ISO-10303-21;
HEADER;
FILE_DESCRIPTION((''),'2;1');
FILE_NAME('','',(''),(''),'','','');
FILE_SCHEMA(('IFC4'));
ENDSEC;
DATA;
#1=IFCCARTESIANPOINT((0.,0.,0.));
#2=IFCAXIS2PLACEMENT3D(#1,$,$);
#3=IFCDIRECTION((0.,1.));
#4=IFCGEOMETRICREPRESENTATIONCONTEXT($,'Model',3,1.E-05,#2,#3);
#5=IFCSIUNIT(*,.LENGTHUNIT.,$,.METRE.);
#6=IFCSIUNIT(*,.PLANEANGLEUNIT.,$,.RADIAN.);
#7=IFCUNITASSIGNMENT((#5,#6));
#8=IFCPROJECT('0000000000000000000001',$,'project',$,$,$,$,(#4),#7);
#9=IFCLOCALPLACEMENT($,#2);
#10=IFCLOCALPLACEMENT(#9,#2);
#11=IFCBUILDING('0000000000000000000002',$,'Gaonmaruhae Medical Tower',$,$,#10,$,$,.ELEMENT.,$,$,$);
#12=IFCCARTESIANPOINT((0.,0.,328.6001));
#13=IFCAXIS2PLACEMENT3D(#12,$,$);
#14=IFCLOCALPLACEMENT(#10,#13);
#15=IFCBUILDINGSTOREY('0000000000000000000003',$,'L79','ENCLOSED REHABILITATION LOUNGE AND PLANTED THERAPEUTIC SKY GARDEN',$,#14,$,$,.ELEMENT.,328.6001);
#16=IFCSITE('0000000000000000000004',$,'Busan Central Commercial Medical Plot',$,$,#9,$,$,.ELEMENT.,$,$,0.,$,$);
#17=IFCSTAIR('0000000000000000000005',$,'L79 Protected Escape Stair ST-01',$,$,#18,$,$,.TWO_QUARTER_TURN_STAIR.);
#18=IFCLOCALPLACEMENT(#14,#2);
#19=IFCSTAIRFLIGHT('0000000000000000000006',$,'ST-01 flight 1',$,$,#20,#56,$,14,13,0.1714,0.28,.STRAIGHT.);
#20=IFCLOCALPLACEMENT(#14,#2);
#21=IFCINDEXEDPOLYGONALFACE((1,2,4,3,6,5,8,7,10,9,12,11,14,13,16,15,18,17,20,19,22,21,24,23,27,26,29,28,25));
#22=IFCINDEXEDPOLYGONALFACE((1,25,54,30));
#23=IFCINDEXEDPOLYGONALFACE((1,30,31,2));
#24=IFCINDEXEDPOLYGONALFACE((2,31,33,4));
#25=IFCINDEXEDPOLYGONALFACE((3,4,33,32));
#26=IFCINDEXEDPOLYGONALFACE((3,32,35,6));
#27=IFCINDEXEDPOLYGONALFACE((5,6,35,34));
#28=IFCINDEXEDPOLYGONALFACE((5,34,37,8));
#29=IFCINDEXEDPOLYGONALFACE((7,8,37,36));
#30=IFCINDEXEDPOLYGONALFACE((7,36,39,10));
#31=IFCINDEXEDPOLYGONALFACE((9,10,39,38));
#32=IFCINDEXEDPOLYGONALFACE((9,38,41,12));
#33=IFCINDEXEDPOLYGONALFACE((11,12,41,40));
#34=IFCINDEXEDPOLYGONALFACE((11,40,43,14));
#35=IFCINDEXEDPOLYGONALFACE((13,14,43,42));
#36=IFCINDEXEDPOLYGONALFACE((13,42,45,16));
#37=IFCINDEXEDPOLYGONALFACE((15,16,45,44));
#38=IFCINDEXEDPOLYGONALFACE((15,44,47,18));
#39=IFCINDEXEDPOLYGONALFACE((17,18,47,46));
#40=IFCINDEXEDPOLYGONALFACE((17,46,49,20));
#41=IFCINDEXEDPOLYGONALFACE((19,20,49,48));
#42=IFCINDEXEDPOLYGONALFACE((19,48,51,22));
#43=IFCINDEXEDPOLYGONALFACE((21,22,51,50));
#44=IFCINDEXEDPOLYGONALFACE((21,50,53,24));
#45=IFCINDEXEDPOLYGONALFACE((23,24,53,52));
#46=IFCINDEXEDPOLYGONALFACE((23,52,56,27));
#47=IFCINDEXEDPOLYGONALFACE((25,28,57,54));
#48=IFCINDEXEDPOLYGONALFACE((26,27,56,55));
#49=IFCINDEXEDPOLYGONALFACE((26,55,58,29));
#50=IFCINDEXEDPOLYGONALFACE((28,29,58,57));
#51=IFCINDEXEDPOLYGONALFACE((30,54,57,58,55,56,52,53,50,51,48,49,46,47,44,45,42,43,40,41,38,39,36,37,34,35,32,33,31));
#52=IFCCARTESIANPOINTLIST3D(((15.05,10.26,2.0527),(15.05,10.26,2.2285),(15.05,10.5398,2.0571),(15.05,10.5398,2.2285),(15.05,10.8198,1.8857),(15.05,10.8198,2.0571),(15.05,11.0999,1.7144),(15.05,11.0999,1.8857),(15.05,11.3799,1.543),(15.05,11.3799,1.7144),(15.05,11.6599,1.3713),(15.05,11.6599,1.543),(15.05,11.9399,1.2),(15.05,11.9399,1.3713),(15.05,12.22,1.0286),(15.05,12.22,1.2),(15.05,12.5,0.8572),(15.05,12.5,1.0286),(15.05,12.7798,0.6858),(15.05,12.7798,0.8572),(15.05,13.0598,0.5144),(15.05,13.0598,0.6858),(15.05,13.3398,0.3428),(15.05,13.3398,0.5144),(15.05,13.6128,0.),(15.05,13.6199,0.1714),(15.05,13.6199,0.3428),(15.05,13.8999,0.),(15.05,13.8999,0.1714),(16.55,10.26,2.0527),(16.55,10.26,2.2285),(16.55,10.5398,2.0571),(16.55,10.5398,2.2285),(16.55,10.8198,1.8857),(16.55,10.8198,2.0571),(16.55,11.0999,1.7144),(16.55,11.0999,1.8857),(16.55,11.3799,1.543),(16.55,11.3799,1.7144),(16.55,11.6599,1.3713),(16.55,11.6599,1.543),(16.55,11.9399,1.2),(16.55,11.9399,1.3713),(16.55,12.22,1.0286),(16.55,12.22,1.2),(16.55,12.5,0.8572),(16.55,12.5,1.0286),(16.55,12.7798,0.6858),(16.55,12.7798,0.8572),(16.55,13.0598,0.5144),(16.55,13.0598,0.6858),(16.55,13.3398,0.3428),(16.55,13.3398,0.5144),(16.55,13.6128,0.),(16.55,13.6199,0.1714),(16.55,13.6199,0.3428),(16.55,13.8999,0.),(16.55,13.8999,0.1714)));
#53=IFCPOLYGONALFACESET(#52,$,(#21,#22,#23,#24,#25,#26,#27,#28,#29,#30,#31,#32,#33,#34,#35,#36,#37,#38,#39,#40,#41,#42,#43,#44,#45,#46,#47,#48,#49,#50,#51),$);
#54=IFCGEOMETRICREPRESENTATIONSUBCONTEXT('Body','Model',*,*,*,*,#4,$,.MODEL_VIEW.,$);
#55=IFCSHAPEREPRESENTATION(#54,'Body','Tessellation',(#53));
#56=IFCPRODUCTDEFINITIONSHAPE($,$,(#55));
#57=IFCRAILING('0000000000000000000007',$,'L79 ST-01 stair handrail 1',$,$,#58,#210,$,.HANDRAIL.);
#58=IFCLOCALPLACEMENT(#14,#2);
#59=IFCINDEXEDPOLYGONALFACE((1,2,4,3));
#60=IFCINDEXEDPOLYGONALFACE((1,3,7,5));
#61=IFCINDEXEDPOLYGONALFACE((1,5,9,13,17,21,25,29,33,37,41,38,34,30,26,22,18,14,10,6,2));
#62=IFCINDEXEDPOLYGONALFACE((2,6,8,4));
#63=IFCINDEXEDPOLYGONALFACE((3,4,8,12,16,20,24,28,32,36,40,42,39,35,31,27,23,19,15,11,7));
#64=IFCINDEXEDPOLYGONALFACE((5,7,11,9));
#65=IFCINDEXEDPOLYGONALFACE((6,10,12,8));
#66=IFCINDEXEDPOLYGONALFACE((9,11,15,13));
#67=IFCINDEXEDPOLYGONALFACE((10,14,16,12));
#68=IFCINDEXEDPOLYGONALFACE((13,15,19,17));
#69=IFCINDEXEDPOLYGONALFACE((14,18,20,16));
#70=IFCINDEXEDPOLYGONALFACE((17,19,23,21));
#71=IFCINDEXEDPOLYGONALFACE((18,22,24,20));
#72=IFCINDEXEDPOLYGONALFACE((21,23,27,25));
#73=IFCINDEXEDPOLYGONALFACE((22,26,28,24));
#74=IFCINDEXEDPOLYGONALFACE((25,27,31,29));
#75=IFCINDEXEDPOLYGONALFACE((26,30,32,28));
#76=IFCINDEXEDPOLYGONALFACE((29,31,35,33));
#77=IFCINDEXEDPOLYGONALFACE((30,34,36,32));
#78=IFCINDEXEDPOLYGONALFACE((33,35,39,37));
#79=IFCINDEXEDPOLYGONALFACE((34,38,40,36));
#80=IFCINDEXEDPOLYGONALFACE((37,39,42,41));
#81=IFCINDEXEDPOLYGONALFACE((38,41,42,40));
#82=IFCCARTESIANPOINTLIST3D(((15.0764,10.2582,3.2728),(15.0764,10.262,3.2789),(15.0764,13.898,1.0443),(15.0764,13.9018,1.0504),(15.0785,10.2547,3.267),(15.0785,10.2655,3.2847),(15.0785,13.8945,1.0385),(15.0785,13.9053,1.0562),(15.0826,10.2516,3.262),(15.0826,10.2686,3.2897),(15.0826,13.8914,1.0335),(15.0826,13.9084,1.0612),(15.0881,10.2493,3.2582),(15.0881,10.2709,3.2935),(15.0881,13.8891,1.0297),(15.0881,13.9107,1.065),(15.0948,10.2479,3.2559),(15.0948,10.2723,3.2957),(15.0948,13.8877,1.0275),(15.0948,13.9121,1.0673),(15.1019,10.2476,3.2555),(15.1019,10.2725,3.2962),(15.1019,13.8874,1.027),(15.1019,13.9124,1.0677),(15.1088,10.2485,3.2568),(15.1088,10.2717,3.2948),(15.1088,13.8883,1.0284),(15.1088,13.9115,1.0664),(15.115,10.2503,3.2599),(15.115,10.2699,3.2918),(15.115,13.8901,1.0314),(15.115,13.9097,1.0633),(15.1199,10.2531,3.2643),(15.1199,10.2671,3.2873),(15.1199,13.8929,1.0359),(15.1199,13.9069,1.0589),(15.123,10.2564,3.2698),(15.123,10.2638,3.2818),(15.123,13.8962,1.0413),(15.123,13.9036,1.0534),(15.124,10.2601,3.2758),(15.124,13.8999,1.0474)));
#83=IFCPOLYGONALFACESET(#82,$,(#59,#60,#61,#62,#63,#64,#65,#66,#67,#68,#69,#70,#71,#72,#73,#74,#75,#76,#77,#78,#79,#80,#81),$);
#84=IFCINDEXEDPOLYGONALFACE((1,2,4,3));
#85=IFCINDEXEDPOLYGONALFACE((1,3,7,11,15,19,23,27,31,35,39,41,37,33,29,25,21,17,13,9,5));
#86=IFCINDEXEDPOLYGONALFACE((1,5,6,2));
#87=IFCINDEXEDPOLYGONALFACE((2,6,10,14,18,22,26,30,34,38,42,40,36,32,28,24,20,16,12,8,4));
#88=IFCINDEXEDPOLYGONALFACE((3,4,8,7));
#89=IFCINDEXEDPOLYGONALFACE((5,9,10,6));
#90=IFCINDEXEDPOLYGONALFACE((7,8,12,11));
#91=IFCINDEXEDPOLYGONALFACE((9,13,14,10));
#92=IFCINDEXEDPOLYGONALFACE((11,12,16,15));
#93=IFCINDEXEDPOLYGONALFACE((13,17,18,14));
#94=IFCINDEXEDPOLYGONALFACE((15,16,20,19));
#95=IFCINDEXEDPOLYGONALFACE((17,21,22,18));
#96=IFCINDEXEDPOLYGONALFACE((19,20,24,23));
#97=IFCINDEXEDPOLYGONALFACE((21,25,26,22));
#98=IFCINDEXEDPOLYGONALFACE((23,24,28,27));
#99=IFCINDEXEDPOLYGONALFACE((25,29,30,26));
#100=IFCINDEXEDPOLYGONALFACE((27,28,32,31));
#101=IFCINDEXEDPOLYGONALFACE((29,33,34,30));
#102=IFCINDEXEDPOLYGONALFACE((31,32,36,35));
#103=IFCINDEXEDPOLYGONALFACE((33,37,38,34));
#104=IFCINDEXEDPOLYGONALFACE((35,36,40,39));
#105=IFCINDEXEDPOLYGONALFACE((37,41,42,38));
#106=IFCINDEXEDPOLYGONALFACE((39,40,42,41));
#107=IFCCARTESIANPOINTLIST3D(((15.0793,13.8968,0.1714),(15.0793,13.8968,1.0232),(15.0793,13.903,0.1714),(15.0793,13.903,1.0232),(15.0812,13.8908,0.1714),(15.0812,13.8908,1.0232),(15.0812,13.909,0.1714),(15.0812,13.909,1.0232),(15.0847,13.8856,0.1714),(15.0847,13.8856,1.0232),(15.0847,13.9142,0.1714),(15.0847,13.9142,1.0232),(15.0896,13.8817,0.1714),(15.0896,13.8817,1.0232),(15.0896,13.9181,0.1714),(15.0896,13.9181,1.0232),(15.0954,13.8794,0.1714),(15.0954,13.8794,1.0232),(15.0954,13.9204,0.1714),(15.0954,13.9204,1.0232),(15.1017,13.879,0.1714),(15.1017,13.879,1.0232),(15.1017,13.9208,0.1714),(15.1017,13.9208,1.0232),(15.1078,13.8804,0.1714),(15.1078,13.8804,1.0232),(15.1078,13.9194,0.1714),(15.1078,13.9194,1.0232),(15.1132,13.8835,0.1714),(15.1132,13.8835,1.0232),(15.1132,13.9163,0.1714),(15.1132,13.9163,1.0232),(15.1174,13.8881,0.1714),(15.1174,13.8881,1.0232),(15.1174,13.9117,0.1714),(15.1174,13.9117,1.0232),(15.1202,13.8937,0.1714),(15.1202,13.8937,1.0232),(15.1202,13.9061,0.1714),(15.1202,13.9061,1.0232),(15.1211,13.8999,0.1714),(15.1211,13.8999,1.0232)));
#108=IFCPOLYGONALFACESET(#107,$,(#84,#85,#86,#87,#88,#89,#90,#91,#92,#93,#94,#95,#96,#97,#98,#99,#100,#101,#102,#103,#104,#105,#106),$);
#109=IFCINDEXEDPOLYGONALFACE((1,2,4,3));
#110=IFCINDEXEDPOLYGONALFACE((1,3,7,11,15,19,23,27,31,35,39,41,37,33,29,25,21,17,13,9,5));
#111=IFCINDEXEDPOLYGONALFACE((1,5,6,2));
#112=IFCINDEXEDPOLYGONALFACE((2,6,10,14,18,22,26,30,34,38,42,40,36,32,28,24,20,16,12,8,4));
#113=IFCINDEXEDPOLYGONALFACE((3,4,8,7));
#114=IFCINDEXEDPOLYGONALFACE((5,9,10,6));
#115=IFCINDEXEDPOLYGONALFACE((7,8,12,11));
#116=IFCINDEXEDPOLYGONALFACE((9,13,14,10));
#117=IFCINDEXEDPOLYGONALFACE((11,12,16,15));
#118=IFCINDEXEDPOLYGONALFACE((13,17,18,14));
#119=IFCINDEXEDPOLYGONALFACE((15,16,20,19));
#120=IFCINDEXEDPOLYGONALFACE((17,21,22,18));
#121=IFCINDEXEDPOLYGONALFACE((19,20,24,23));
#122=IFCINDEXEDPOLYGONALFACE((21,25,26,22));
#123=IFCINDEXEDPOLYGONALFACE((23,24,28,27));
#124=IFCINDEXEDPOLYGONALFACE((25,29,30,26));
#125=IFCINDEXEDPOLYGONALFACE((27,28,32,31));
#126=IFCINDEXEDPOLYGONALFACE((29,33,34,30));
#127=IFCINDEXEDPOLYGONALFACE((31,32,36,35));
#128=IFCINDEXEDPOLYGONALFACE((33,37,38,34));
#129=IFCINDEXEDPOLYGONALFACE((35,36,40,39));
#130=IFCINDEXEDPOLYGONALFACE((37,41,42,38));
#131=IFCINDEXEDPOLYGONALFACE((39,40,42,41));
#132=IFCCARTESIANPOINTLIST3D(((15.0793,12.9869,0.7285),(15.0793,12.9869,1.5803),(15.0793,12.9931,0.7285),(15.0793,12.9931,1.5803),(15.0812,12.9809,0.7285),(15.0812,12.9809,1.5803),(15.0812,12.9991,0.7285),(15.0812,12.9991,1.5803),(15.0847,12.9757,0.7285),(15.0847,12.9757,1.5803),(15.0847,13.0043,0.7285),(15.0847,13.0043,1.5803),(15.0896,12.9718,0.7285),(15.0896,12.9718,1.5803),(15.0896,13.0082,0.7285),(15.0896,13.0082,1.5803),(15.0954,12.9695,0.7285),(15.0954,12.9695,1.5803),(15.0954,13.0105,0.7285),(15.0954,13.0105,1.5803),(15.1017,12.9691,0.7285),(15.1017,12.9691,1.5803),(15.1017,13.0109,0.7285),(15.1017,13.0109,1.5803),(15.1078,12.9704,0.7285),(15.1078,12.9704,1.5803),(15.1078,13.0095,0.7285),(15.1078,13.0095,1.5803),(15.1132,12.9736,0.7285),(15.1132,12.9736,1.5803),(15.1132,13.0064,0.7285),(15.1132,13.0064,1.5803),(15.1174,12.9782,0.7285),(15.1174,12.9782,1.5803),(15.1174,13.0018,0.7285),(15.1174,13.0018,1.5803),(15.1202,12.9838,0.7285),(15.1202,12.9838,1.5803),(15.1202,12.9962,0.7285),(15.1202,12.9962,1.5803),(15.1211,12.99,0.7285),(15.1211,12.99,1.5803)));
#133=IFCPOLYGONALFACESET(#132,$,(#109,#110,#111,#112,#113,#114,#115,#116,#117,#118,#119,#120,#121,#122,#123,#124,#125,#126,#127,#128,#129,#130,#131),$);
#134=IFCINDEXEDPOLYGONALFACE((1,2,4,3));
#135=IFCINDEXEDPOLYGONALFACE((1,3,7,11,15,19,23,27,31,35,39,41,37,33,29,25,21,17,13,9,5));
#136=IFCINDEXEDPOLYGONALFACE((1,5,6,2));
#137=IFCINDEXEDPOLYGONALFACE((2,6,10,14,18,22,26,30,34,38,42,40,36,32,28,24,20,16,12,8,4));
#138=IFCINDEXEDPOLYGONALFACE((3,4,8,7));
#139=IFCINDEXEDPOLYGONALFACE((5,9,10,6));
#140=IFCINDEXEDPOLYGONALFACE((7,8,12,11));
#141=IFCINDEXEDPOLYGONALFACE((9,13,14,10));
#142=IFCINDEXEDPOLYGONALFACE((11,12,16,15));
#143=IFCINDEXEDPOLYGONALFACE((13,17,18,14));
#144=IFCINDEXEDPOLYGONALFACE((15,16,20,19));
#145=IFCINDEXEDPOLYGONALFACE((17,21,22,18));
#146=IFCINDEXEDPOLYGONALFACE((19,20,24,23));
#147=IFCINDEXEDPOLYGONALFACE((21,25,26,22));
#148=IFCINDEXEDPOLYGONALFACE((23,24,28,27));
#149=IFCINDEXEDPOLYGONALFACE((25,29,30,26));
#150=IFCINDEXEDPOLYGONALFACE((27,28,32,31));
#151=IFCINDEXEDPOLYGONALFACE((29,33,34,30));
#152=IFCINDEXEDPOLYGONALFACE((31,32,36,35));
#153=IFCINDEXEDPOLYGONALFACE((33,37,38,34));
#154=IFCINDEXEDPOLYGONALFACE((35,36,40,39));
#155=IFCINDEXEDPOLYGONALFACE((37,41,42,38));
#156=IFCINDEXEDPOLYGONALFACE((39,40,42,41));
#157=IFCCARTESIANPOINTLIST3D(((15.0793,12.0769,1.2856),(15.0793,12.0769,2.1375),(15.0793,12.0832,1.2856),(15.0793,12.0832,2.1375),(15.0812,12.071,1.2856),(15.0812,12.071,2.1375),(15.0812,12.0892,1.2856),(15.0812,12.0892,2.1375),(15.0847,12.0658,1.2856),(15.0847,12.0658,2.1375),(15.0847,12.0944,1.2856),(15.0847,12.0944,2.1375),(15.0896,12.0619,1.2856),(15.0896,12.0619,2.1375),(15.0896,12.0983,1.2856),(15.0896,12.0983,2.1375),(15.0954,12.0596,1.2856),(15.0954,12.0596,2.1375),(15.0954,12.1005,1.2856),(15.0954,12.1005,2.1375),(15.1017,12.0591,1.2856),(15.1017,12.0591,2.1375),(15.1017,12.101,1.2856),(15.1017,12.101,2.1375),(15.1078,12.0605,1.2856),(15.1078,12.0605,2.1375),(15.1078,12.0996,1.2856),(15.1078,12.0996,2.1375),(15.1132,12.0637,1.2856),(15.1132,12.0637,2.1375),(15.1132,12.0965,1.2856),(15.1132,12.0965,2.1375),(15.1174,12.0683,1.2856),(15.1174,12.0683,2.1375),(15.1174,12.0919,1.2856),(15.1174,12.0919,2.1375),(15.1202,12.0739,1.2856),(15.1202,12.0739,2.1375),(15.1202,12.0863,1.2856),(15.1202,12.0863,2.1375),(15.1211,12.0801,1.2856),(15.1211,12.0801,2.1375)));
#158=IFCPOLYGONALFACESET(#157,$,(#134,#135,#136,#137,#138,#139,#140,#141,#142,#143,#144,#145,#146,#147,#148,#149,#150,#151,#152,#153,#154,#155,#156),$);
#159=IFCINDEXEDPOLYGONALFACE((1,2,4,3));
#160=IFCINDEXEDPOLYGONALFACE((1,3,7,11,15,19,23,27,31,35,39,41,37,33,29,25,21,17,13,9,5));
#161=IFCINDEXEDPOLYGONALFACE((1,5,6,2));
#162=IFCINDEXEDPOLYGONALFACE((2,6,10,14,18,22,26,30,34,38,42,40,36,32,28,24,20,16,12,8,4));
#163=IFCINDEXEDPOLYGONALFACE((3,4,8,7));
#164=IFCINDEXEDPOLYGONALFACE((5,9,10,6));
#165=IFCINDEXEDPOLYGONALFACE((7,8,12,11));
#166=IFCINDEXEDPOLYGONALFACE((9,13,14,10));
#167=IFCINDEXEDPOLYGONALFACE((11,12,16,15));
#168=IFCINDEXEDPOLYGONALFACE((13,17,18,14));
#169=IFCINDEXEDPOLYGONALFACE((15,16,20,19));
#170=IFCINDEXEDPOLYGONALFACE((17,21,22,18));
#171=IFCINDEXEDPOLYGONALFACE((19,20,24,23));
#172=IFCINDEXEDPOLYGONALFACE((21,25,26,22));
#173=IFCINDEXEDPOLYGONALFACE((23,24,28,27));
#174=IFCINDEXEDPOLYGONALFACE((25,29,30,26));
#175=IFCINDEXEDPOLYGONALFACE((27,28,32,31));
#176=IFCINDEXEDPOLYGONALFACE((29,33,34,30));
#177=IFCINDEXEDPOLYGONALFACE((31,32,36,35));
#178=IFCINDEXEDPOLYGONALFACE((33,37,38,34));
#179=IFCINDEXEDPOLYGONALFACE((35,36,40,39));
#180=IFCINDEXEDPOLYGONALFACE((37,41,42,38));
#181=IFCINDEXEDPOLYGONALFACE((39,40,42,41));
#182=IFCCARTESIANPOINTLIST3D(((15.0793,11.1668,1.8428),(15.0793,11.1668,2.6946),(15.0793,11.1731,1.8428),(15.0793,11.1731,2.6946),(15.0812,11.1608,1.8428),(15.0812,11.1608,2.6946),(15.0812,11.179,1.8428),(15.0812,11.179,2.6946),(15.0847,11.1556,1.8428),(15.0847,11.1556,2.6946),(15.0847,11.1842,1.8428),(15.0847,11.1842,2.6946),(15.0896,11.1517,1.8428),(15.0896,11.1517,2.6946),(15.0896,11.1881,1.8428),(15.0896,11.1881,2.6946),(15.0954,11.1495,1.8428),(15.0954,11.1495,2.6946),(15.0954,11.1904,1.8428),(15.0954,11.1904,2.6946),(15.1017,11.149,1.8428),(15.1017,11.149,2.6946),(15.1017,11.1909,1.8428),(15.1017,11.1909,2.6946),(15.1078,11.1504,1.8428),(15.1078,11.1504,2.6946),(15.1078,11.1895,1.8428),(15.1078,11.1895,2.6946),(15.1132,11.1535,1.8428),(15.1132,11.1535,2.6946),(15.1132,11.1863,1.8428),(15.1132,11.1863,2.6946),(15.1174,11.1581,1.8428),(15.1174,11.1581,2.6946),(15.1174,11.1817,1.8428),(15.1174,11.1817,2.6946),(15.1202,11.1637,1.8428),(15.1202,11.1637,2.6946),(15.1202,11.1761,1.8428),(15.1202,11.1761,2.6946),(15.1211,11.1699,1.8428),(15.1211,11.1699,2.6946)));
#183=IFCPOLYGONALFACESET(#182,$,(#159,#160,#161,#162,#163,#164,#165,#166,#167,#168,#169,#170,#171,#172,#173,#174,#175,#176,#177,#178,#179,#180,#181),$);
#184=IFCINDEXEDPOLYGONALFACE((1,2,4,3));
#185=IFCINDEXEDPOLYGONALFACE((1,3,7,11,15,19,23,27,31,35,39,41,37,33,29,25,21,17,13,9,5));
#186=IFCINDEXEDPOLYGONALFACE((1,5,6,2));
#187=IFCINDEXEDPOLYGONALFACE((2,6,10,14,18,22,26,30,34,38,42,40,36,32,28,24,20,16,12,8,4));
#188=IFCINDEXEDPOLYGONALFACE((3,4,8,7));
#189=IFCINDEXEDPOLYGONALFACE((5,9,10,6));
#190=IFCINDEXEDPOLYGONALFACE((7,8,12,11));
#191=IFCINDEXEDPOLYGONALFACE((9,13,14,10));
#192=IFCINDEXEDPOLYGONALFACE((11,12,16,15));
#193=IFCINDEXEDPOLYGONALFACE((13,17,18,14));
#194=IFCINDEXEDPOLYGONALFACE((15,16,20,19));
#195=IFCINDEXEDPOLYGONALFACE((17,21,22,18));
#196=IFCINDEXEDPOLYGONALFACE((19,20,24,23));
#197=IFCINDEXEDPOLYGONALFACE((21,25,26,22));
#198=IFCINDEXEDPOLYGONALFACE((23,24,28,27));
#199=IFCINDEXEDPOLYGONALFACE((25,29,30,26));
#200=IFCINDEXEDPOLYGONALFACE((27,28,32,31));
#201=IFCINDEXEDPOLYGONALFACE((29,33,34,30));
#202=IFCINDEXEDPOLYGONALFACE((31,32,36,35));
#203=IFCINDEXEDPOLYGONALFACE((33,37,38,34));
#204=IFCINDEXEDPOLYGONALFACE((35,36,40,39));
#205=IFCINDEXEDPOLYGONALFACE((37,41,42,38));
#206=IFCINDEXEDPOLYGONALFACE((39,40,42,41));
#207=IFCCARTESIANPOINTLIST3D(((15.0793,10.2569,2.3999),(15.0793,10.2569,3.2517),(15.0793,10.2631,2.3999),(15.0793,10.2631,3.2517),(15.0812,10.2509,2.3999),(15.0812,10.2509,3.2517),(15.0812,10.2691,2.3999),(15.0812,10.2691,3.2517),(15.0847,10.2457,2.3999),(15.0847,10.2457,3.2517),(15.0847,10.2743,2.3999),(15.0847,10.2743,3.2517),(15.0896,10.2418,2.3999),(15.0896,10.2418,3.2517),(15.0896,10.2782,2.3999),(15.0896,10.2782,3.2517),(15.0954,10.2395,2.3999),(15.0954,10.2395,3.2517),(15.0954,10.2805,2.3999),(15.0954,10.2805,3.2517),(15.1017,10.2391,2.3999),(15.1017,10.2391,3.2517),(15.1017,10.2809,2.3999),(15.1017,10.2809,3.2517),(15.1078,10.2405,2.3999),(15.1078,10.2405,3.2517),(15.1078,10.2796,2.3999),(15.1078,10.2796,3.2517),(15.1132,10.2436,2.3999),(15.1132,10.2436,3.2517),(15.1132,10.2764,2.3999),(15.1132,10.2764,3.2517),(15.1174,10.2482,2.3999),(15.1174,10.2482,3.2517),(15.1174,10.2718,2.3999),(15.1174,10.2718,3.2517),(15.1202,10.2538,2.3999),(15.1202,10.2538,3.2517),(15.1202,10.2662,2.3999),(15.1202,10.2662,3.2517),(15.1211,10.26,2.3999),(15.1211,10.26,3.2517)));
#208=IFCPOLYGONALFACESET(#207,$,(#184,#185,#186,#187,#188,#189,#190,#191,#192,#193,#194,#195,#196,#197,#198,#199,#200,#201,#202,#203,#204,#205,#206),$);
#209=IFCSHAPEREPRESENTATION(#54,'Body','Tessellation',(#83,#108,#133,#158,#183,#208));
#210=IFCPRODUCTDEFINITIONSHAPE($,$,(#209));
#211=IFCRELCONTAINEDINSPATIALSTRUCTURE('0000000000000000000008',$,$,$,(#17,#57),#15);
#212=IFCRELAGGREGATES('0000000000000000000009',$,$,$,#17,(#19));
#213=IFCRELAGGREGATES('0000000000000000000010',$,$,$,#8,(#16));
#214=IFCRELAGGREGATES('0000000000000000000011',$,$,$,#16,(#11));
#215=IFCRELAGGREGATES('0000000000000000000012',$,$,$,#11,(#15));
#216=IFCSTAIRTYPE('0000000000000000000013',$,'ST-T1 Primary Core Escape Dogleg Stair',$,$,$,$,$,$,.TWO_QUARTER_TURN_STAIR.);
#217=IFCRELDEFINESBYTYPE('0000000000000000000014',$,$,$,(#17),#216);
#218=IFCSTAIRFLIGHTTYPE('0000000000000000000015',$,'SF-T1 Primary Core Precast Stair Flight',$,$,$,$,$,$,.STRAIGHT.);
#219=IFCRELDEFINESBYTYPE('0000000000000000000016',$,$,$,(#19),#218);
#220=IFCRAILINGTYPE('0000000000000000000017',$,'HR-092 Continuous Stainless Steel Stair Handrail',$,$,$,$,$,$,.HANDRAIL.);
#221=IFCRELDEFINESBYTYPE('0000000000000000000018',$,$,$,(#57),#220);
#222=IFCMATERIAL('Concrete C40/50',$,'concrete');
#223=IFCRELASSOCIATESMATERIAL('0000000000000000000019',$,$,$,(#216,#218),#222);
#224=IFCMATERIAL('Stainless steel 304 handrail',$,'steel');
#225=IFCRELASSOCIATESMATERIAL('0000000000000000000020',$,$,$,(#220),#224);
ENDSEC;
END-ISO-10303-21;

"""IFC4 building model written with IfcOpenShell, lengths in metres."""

from ifc_helpers import new_model, si_unit, direction, frame, origin, origin_2d, place, context, subcontext, project, spatial, polyline, circle, outline, extrude, material, type_object, element, aggregate, save


model = new_model("IFC4")

# Units and contexts
model_context = context("Model", 3, precision=1e-05, world=origin(), true_north=direction((0.0, 1.0)))
body_context = subcontext(model_context, "Body", "Model", "MODEL_VIEW")
ifc_project = project(units=[si_unit("LENGTHUNIT", "METRE"), si_unit("PLANEANGLEUNIT", "RADIAN")], contexts=[model_context])

# Site, building, storey
site_placement = place(None, origin())
site = spatial("IfcSite", under=ifc_project, at=site_placement, Name="Busan Central Commercial Medical Plot", CompositionType="ELEMENT", RefElevation=0.0)
building_placement = place(site_placement, origin())
building = spatial("IfcBuilding", under=site, at=building_placement, Name="Gaonmaruhae Medical Tower", CompositionType="ELEMENT")
storey_placement = place(building_placement, frame((0.0, 0.0, 328.6001)))
storey = spatial("IfcBuildingStorey", under=building, at=storey_placement, Name="L79", Description="ENCLOSED REHABILITATION LOUNGE AND PLANTED THERAPEUTIC SKY GARDEN", CompositionType="ELEMENT", Elevation=328.6001)

# Stair, stair flight
ifc_material_1 = material(Name="Concrete C40/50", Category="concrete")
stair_type = type_object("IfcStairType", Name="ST-T1 Primary Core Escape Dogleg Stair", PredefinedType="TWO_QUARTER_TURN_STAIR", material=ifc_material_1)
stair_placement = place(storey_placement, origin())
stair = element("IfcStair", 1, at=stair_placement, inside=storey, type_object=stair_type, Name="L79 Protected Escape Stair ST-01", PredefinedType="TWO_QUARTER_TURN_STAIR")
stair_flight_type = type_object("IfcStairFlightType", Name="SF-T1 Primary Core Precast Stair Flight", PredefinedType="STRAIGHT", material=ifc_material_1)
stair_flight_placement = place(storey_placement, frame((15.8, 13.8999, 0.0), z_axis=(0.0, 0.0, 1.0), x_axis=(0.0, -1.0, 0.0)))
stair_flight = element("IfcStairFlight", 2, at=stair_flight_placement, type_object=stair_flight_type, Name="ST-01 flight 1", NumberOfRisers=14, NumberOfTreads=13, PredefinedType="STRAIGHT", RiserHeight=0.1714, TreadLength=0.28, context=body_context, shape_type="SweptSolid", body=[
    extrude(outline(polyline([(0.0, 0.0), (0.0, 0.1714), (0.28, 0.1714), (0.28, 0.3428), (0.5601, 0.3428), (0.5601, 0.5144), (0.8401, 0.5144), (0.8401, 0.6858), (1.1201, 0.6858), (1.1201, 0.8572), (1.3999, 0.8572), (1.3999, 1.0286), (1.6799, 1.0286), (1.6799, 1.2), (1.96, 1.2), (1.96, 1.3713), (2.24, 1.3713), (2.24, 1.543), (2.52, 1.543), (2.52, 1.7144), (2.8, 1.7144), (2.8, 1.8857), (3.0801, 1.8857), (3.0801, 2.0571), (3.3601, 2.0571), (3.3601, 2.2285), (3.6399, 2.2285), (3.6399, 2.3999), (3.6399, 2.0527), (0.2871, 0.0), (0.0, 0.0)])), frame((0.0, 0.75, 0.0), z_axis=(0.0, -1.0, 0.0), x_axis=(1.0, 0.0, 0.0)), (0.0, 0.0, 1.0), 1.5),
])
aggregate(stair, [stair_flight])

# Railing
ifc_material_2 = material(Name="Stainless steel 304 handrail", Category="steel")
railing_type_1 = type_object("IfcRailingType", Name="HR-092 Continuous Stainless Steel Stair Handrail", PredefinedType="HANDRAIL", material=ifc_material_2)
railing_1_placement = place(storey_placement, frame((15.1001, 13.8999, 0.1714)))
element("IfcRailing", 3, at=railing_1_placement, inside=storey, type_object=railing_type_1, Name="L79 ST-01 stair handrail 1", PredefinedType="HANDRAIL", context=body_context, shape_type="SweptSolid", body=[
    extrude(circle(Radius=0.0239, at=origin_2d()), frame((0.0, 0.0, 0.876), z_axis=(0.0, -0.85285, 0.522156), x_axis=(1.0, 0.0, 0.0)), (0.0, 0.0, 1.0), 4.2678),
    extrude(circle(Radius=0.021, at=origin_2d()), origin(), (0.0, 0.0, 1.0), 0.8518),
    extrude(circle(Radius=0.021, at=origin_2d()), frame((0.0, -0.9099, 0.5571)), (0.0, 0.0, 1.0), 0.8518),
    extrude(circle(Radius=0.021, at=origin_2d()), frame((0.0, -1.8198, 1.1143)), (0.0, 0.0, 1.0), 0.8518),
    extrude(circle(Radius=0.021, at=origin_2d()), frame((0.0, -2.73, 1.6714)), (0.0, 0.0, 1.0), 0.8518),
    extrude(circle(Radius=0.021, at=origin_2d()), frame((0.0, -3.6399, 2.2285)), (0.0, 0.0, 1.0), 0.8518),
])

save(model, "model.ifc")
